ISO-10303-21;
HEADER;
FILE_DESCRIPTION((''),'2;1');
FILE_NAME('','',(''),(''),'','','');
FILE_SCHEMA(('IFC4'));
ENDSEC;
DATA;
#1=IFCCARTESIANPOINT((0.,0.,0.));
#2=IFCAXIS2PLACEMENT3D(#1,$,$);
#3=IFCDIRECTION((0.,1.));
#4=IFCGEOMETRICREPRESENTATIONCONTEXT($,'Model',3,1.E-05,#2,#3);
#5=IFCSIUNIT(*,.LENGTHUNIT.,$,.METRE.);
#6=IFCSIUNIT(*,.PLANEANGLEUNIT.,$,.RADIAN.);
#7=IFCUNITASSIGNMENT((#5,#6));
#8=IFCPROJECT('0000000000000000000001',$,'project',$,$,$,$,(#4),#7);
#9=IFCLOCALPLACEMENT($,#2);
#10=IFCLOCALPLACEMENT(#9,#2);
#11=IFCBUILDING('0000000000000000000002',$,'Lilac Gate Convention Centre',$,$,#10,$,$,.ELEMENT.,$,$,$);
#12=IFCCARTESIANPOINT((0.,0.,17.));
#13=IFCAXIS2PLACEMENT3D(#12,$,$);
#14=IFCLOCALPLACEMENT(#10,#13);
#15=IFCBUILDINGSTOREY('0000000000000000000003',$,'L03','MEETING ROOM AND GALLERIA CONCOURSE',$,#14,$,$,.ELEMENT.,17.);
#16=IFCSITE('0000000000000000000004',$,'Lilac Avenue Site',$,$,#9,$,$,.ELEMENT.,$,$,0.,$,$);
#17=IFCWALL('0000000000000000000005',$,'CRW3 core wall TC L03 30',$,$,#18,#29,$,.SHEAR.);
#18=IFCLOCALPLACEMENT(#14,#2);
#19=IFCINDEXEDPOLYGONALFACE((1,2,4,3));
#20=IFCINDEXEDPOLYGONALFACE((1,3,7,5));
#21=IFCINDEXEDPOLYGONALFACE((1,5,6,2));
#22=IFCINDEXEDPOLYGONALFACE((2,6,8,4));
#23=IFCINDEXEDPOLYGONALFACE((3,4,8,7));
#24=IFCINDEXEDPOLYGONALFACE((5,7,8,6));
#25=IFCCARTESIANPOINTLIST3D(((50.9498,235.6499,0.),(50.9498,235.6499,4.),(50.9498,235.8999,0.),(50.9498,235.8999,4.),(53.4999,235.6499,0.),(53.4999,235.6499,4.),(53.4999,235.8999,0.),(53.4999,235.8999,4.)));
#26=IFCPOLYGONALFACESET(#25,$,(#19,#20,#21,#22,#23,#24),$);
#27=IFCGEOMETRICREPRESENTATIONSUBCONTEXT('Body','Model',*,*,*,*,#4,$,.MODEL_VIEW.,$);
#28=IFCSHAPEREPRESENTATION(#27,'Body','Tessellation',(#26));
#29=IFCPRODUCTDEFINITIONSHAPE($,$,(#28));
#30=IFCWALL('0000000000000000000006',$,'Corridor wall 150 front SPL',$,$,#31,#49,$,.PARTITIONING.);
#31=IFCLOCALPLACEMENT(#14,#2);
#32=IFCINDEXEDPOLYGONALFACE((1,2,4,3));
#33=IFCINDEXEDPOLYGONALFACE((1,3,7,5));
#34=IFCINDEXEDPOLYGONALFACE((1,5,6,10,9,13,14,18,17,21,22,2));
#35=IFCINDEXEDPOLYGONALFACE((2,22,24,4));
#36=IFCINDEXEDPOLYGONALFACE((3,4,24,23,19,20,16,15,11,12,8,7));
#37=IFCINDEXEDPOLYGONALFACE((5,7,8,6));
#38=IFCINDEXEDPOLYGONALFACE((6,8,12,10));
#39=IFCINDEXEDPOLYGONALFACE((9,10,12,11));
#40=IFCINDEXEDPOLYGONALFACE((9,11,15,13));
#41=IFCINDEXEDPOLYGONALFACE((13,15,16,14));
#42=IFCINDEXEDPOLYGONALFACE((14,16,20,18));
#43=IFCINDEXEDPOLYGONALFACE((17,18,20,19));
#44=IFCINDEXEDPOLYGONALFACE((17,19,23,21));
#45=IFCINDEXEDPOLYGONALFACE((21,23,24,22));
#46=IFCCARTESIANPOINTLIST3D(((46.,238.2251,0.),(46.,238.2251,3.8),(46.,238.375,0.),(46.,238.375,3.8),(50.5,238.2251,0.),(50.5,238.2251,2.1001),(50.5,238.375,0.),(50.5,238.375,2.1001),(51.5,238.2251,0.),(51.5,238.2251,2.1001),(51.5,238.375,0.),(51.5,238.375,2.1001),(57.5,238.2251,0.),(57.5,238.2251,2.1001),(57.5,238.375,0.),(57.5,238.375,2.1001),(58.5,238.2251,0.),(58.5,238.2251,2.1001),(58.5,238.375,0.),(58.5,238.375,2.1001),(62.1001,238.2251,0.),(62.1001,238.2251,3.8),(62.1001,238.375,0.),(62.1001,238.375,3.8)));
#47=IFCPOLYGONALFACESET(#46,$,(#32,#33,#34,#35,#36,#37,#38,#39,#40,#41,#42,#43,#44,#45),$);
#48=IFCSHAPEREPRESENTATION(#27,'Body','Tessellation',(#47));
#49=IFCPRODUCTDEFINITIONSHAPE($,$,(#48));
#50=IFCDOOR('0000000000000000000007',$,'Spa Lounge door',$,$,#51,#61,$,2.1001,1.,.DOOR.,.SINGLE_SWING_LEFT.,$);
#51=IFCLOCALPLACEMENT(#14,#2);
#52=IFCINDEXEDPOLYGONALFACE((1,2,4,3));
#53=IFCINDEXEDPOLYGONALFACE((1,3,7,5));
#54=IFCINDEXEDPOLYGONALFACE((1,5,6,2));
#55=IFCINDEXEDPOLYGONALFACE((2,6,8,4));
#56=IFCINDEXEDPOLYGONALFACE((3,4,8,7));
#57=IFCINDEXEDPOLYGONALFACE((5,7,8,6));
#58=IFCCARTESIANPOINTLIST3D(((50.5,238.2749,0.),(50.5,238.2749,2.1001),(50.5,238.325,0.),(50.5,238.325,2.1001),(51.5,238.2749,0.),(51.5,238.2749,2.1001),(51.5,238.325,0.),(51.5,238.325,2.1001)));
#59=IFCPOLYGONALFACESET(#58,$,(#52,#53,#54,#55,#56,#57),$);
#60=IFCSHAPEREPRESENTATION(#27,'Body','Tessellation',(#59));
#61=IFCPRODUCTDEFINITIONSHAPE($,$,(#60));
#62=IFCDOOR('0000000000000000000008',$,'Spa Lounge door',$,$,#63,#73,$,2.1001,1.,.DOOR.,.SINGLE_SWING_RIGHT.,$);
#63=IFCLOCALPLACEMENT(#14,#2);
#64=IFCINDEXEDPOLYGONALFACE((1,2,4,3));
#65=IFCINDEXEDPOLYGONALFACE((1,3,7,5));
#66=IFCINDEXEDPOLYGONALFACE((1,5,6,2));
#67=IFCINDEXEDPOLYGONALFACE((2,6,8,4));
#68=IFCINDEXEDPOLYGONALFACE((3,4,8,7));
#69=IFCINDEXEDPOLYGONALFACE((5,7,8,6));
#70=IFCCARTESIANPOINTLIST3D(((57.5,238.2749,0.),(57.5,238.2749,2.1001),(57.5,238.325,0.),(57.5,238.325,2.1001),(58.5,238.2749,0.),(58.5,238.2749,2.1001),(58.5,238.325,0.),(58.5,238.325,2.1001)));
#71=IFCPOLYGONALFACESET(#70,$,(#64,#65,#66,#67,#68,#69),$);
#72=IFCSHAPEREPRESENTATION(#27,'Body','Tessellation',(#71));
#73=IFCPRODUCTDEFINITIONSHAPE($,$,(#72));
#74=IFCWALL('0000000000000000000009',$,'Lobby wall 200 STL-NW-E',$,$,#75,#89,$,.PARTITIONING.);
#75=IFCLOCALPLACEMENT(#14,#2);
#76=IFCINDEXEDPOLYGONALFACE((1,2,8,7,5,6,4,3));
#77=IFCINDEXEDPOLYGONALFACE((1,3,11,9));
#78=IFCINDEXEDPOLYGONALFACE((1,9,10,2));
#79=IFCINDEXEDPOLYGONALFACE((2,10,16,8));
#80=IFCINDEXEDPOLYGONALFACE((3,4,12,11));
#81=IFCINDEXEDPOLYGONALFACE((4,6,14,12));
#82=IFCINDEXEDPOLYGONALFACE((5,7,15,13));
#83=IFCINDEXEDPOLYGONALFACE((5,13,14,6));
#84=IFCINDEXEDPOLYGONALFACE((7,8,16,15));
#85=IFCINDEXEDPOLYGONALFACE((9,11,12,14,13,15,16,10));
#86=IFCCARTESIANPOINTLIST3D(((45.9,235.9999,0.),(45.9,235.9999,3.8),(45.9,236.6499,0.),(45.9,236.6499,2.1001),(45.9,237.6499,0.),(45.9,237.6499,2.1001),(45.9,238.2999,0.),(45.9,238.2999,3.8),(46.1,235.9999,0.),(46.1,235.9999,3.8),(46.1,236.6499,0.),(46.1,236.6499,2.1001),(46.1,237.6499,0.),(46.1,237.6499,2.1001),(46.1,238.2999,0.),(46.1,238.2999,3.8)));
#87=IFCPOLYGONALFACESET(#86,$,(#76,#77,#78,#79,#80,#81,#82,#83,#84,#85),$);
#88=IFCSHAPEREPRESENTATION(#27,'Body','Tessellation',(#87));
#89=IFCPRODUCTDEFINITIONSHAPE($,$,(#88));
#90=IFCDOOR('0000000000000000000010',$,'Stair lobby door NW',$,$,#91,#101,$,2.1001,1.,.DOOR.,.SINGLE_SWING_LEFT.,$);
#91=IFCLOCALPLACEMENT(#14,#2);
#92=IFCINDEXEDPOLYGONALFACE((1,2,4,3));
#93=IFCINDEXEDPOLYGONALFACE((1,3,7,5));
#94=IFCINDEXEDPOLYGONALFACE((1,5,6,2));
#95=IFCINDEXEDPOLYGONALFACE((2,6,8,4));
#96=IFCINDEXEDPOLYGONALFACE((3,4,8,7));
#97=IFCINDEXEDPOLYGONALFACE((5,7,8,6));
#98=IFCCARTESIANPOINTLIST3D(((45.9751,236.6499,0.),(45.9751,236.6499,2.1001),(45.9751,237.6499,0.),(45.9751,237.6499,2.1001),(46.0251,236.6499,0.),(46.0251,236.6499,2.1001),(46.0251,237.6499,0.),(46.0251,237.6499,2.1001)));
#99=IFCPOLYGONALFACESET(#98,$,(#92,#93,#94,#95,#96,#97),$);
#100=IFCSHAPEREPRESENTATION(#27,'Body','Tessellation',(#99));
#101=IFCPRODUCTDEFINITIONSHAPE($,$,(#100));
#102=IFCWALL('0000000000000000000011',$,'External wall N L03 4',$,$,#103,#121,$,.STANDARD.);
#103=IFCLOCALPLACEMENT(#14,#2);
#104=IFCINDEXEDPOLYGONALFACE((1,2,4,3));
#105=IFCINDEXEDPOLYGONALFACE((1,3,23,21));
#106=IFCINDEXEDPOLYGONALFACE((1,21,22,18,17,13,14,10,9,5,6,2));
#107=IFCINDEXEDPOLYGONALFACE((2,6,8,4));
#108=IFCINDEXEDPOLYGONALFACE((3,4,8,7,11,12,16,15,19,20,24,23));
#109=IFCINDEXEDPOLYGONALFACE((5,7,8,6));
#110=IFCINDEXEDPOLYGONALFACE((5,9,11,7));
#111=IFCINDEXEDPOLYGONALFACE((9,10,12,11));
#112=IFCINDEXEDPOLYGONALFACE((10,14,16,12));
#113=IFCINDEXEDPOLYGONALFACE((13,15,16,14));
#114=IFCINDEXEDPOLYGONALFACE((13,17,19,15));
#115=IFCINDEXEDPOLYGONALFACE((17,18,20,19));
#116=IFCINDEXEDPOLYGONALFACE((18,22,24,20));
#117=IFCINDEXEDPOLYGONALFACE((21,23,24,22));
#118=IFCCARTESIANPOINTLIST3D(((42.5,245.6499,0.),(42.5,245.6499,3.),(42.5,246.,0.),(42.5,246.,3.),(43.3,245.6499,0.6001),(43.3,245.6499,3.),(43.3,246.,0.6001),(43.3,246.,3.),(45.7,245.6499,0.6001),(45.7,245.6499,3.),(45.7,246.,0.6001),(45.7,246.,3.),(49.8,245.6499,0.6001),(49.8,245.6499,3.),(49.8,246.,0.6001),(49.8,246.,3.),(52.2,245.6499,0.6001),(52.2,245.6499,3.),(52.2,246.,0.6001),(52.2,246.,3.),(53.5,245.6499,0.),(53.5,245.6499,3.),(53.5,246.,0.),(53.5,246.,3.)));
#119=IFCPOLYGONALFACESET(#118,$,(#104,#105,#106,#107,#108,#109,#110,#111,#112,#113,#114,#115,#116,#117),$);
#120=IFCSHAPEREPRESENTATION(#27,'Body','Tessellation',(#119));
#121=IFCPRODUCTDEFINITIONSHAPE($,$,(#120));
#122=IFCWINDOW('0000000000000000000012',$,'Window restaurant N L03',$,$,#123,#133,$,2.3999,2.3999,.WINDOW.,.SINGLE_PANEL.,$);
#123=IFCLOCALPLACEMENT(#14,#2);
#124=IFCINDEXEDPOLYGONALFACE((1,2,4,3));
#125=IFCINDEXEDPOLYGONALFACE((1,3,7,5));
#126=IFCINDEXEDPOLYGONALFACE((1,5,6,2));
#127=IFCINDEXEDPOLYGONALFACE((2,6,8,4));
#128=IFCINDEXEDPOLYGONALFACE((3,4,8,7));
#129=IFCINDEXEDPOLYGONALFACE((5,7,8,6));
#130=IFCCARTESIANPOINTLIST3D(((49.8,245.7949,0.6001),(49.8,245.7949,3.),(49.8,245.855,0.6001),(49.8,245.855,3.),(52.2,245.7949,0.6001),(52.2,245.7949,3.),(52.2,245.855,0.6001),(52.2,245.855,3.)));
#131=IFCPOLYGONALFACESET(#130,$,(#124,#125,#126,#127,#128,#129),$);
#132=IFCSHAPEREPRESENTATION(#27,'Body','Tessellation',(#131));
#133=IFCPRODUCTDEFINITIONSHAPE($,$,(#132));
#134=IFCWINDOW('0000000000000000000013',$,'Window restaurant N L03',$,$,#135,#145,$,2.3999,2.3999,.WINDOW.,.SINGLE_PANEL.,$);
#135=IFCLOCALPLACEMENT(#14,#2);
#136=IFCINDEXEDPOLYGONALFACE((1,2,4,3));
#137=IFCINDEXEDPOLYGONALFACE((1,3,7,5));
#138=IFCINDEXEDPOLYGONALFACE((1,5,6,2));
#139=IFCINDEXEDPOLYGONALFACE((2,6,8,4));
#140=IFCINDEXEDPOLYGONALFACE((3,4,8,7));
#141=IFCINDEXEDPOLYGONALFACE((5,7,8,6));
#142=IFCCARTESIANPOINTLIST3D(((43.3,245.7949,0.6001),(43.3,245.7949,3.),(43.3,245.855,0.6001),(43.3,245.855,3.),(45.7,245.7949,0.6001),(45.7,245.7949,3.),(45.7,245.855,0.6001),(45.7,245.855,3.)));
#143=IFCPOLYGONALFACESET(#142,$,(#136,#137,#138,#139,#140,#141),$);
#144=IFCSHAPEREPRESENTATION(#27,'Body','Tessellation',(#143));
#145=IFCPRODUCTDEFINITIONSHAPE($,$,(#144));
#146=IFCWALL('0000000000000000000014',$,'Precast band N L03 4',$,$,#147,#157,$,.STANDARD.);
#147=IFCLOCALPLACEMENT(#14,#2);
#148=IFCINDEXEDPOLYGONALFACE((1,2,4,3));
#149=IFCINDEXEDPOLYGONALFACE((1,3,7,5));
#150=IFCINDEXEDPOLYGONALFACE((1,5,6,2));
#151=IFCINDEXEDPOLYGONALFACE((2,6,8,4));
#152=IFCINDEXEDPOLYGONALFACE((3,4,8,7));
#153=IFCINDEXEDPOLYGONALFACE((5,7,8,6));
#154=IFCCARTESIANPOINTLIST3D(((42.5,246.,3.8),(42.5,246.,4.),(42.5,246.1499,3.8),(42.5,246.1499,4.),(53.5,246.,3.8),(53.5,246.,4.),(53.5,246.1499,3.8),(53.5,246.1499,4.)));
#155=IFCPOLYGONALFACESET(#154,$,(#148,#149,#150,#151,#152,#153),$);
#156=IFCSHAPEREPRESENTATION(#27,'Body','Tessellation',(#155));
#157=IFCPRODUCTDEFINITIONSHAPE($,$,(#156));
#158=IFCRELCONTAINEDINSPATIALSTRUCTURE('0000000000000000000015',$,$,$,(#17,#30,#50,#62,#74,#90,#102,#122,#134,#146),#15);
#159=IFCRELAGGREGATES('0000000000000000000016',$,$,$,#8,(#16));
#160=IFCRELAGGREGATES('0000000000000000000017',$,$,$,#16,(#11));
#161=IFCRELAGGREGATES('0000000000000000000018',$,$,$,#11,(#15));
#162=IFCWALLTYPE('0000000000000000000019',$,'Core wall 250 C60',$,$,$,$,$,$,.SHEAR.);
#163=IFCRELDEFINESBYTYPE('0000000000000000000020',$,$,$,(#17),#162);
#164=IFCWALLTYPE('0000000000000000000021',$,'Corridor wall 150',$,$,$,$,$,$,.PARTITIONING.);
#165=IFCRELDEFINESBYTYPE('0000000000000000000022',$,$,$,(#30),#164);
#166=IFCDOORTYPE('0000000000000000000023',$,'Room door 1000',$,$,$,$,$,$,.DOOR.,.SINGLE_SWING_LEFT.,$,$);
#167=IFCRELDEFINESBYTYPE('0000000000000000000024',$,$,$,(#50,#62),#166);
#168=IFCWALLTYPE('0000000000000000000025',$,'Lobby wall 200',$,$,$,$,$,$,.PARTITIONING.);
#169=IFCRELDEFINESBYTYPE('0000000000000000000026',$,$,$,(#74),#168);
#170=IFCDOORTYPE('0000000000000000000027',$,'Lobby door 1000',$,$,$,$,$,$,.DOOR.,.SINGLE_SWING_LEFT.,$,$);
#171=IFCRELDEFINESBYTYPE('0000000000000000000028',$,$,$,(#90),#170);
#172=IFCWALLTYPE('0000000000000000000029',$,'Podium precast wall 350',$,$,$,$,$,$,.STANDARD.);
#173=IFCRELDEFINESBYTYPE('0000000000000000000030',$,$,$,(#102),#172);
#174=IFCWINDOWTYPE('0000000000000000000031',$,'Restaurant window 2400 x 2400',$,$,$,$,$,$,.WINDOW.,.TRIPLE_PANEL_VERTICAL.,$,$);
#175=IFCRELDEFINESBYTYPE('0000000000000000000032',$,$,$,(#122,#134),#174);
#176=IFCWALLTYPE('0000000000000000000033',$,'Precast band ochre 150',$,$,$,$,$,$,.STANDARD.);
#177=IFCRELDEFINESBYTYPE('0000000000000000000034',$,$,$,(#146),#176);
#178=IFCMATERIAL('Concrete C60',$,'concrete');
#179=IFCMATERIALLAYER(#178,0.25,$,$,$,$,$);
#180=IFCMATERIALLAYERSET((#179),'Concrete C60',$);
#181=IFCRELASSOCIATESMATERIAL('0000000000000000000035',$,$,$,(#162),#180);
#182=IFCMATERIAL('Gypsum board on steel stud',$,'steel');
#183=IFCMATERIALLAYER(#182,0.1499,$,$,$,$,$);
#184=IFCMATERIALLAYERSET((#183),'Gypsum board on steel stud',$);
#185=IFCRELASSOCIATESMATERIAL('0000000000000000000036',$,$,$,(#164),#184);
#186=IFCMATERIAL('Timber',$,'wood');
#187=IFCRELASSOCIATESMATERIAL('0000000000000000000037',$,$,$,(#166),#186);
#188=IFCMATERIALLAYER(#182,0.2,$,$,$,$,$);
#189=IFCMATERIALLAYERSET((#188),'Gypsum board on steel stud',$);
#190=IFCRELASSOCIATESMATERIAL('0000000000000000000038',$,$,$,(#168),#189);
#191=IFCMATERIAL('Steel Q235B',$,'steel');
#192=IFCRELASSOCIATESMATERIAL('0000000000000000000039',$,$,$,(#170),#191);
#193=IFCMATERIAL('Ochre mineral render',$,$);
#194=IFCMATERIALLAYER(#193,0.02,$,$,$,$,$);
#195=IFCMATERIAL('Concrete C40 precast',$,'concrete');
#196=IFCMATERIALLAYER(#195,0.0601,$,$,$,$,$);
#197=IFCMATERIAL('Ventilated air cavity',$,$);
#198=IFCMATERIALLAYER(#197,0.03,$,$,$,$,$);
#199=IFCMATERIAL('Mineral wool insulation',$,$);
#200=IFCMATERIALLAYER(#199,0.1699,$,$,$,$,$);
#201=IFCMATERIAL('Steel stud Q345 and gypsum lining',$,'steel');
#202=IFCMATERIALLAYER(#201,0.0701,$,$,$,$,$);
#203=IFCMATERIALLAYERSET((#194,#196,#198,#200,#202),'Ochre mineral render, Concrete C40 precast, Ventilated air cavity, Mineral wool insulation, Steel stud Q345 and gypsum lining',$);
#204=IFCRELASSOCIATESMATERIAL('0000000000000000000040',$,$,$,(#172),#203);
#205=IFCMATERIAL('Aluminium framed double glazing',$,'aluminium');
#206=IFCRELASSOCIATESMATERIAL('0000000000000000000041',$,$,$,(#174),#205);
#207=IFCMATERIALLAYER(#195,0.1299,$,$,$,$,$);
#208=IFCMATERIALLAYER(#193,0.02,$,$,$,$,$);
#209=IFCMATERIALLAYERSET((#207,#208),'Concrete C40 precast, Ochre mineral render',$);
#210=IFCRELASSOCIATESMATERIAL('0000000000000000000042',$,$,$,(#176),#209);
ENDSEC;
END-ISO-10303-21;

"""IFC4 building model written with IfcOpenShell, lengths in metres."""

from ifc_helpers import new_model, si_unit, direction, frame, frame_2d, origin, place, context, subcontext, project, spatial, rectangle, extrude, material, layer, layer_set, type_object, element, fill, save


model = new_model("IFC4")

# Units and contexts
model_context = context("Model", 3, precision=1e-05, world=origin(), true_north=direction((0.0, 1.0)))
body_context = subcontext(model_context, "Body", "Model", "MODEL_VIEW")
ifc_project = project(units=[si_unit("LENGTHUNIT", "METRE"), si_unit("PLANEANGLEUNIT", "RADIAN")], contexts=[model_context])

# Site, building, storey
site_placement = place(None, origin())
site = spatial("IfcSite", under=ifc_project, at=site_placement, Name="Lilac Avenue Site", CompositionType="ELEMENT", RefElevation=0.0)
building_placement = place(site_placement, origin())
building = spatial("IfcBuilding", under=site, at=building_placement, Name="Lilac Gate Convention Centre", CompositionType="ELEMENT")
storey_placement = place(building_placement, frame((0.0, 0.0, 17.0)))
storey = spatial("IfcBuildingStorey", under=building, at=storey_placement, Name="L03", Description="MEETING ROOM AND GALLERIA CONCOURSE", CompositionType="ELEMENT", Elevation=17.0)

# Shared definitions
ifc_material_1 = material(Name="Aluminium framed double glazing", Category="aluminium")

# Wall
ifc_material_2 = material(Name="Concrete C60", Category="concrete")
ifc_layer_1 = layer(ifc_material_2, 0.25)
ifc_layer_set_1 = layer_set([ifc_layer_1], Name="Concrete C60")
wall_type_1 = type_object("IfcWallType", Name="Core wall 250 C60", PredefinedType="SHEAR", material=ifc_layer_set_1)
wall_1_placement = place(storey_placement, frame((50.95, 235.7749, 0.0), z_axis=(0.0, 0.0, 1.0), x_axis=(1.0, 0.0, 0.0)))
element("IfcWall", 1, at=wall_1_placement, inside=storey, type_object=wall_type_1, Name="CRW3 core wall TC L03 30", PredefinedType="SHEAR", context=body_context, shape_type="SweptSolid", body=[
    extrude(rectangle(XDim=2.55, YDim=0.25, at=frame_2d((1.2749, 0.0))), origin(), (0.0, 0.0, 1.0), 4.0),
])

# Wall, openings, doors
ifc_material_3 = material(Name="Gypsum board on steel stud", Category="steel")
ifc_layer_2 = layer(ifc_material_3, 0.1499)
ifc_layer_set_2 = layer_set([ifc_layer_2], Name="Gypsum board on steel stud")
wall_type_2 = type_object("IfcWallType", Name="Corridor wall 150", PredefinedType="PARTITIONING", material=ifc_layer_set_2)
wall_2_placement = place(storey_placement, frame((46.0, 238.3, 0.0), z_axis=(0.0, 0.0, 1.0), x_axis=(1.0, 0.0, 0.0)))
wall_2 = element("IfcWall", 2, at=wall_2_placement, inside=storey, type_object=wall_type_2, Name="Corridor wall 150 front SPL", PredefinedType="PARTITIONING", context=body_context, shape_type="SweptSolid", body=[
    extrude(rectangle(XDim=16.1001, YDim=0.1499, at=frame_2d((8.05, 0.0))), origin(), (0.0, 0.0, 1.0), 3.8),
])
opening_1_placement = place(wall_2_placement, frame((4.5, 0.0, 0.0)))
opening_1 = element("IfcOpeningElement", 3, at=opening_1_placement, cuts=wall_2, PredefinedType="OPENING", context=body_context, shape_type="SweptSolid", body=[
    extrude(rectangle(XDim=1.0, YDim=2.1001, at=frame_2d((0.5, 1.05))), frame((0.0, 0.085, 0.0), z_axis=(0.0, -1.0, 0.0), x_axis=(1.0, 0.0, 0.0)), (0.0, 0.0, 1.0), 0.1699),
])
opening_2_placement = place(wall_2_placement, frame((11.5, 0.0, 0.0)))
opening_2 = element("IfcOpeningElement", 4, at=opening_2_placement, cuts=wall_2, PredefinedType="OPENING", context=body_context, shape_type="SweptSolid", body=[
    extrude(rectangle(XDim=1.0, YDim=2.1001, at=frame_2d((0.5, 1.05))), frame((0.0, 0.085, 0.0), z_axis=(0.0, -1.0, 0.0), x_axis=(1.0, 0.0, 0.0)), (0.0, 0.0, 1.0), 0.1699),
])
ifc_material_4 = material(Name="Timber", Category="wood")
door_type_1 = type_object("IfcDoorType", Name="Room door 1000", OperationType="SINGLE_SWING_LEFT", PredefinedType="DOOR", material=ifc_material_4)
door_1_placement = place(opening_1_placement, origin())
door_1 = element("IfcDoor", 5, at=door_1_placement, inside=storey, type_object=door_type_1, Name="Spa Lounge door", OperationType="SINGLE_SWING_LEFT", OverallHeight=2.1001, OverallWidth=1.0, PredefinedType="DOOR", context=body_context, shape_type="SweptSolid", body=[
    extrude(rectangle(XDim=1.0, YDim=2.1001, at=frame_2d((0.5, 1.05))), frame((0.0, 0.0249, 0.0), z_axis=(0.0, -1.0, 0.0), x_axis=(1.0, 0.0, 0.0)), (0.0, 0.0, 1.0), 0.05),
])
fill(opening_1, door_1)
door_2_placement = place(opening_2_placement, origin())
door_2 = element("IfcDoor", 6, at=door_2_placement, inside=storey, type_object=door_type_1, Name="Spa Lounge door", OperationType="SINGLE_SWING_RIGHT", OverallHeight=2.1001, OverallWidth=1.0, PredefinedType="DOOR", context=body_context, shape_type="SweptSolid", body=[
    extrude(rectangle(XDim=1.0, YDim=2.1001, at=frame_2d((0.5, 1.05))), frame((0.0, 0.0249, 0.0), z_axis=(0.0, -1.0, 0.0), x_axis=(1.0, 0.0, 0.0)), (0.0, 0.0, 1.0), 0.05),
])
fill(opening_2, door_2)

# Wall, opening, door
ifc_layer_3 = layer(ifc_material_3, 0.2)
ifc_layer_set_3 = layer_set([ifc_layer_3], Name="Gypsum board on steel stud")
wall_type_3 = type_object("IfcWallType", Name="Lobby wall 200", PredefinedType="PARTITIONING", material=ifc_layer_set_3)
wall_3_placement = place(storey_placement, frame((46.0, 236.0, 0.0), z_axis=(0.0, 0.0, 1.0), x_axis=(0.0, 1.0, 0.0)))
wall_3 = element("IfcWall", 7, at=wall_3_placement, inside=storey, type_object=wall_type_3, Name="Lobby wall 200 STL-NW-E", PredefinedType="PARTITIONING", context=body_context, shape_type="SweptSolid", body=[
    extrude(rectangle(XDim=2.3, YDim=0.2, at=frame_2d((1.1499, 0.0))), origin(), (0.0, 0.0, 1.0), 3.8),
])
opening_3_placement = place(wall_3_placement, frame((0.6499, 0.0, 0.0)))
opening_3 = element("IfcOpeningElement", 8, at=opening_3_placement, cuts=wall_3, PredefinedType="OPENING", context=body_context, shape_type="SweptSolid", body=[
    extrude(rectangle(XDim=1.0, YDim=2.1001, at=frame_2d((0.5, 1.05))), frame((0.0, 0.1099, 0.0), z_axis=(0.0, -1.0, 0.0), x_axis=(1.0, 0.0, 0.0)), (0.0, 0.0, 1.0), 0.22),
])
ifc_material_5 = material(Name="Steel Q235B", Category="steel")
door_type_2 = type_object("IfcDoorType", Name="Lobby door 1000", OperationType="SINGLE_SWING_LEFT", PredefinedType="DOOR", material=ifc_material_5)
door_3_placement = place(opening_3_placement, origin())
door_3 = element("IfcDoor", 9, at=door_3_placement, inside=storey, type_object=door_type_2, Name="Stair lobby door NW", OperationType="SINGLE_SWING_LEFT", OverallHeight=2.1001, OverallWidth=1.0, PredefinedType="DOOR", context=body_context, shape_type="SweptSolid", body=[
    extrude(rectangle(XDim=1.0, YDim=2.1001, at=frame_2d((0.5, 1.05))), frame((0.0, 0.0249, 0.0), z_axis=(0.0, -1.0, 0.0), x_axis=(1.0, 0.0, 0.0)), (0.0, 0.0, 1.0), 0.05),
])
fill(opening_3, door_3)

# Wall, openings, windows
ifc_material_6 = material(Name="Ochre mineral render")
ifc_layer_4 = layer(ifc_material_6, 0.02)
ifc_material_7 = material(Name="Concrete C40 precast", Category="concrete")
ifc_layer_5 = layer(ifc_material_7, 0.0601)
ifc_material_8 = material(Name="Ventilated air cavity")
ifc_layer_6 = layer(ifc_material_8, 0.03)
ifc_material_9 = material(Name="Mineral wool insulation")
ifc_layer_7 = layer(ifc_material_9, 0.1699)
ifc_material_10 = material(Name="Steel stud Q345 and gypsum lining", Category="steel")
ifc_layer_8 = layer(ifc_material_10, 0.0701)
ifc_layer_set_4 = layer_set([ifc_layer_4, ifc_layer_5, ifc_layer_6, ifc_layer_7, ifc_layer_8], Name="Ochre mineral render, Concrete C40 precast, Ventilated air cavity, Mineral wool insulation, Steel stud Q345 and gypsum lining")
wall_type_4 = type_object("IfcWallType", Name="Podium precast wall 350", PredefinedType="STANDARD", material=ifc_layer_set_4)
wall_4_placement = place(storey_placement, frame((53.5, 245.825, 0.0), z_axis=(0.0, 0.0, 1.0), x_axis=(-1.0, 0.0, 0.0)))
wall_4 = element("IfcWall", 10, at=wall_4_placement, inside=storey, type_object=wall_type_4, Name="External wall N L03 4", PredefinedType="STANDARD", context=body_context, shape_type="SweptSolid", body=[
    extrude(rectangle(XDim=11.0, YDim=0.3501, at=frame_2d((5.5, 0.0))), origin(), (0.0, 0.0, 1.0), 3.0),
])
opening_4_placement = place(wall_4_placement, frame((1.3, 0.0, 0.6001)))
opening_4 = element("IfcOpeningElement", 11, at=opening_4_placement, cuts=wall_4, PredefinedType="OPENING", context=body_context, shape_type="SweptSolid", body=[
    extrude(rectangle(XDim=2.3999, YDim=2.3999, at=frame_2d((1.2, 1.2))), frame((0.0, 0.1851, 0.0), z_axis=(0.0, -1.0, 0.0), x_axis=(1.0, 0.0, 0.0)), (0.0, 0.0, 1.0), 0.3701),
])
opening_5_placement = place(wall_4_placement, frame((7.8, 0.0, 0.6001)))
opening_5 = element("IfcOpeningElement", 12, at=opening_5_placement, cuts=wall_4, PredefinedType="OPENING", context=body_context, shape_type="SweptSolid", body=[
    extrude(rectangle(XDim=2.3999, YDim=2.3999, at=frame_2d((1.2, 1.2))), frame((0.0, 0.1851, 0.0), z_axis=(0.0, -1.0, 0.0), x_axis=(1.0, 0.0, 0.0)), (0.0, 0.0, 1.0), 0.3701),
])
window_type = type_object("IfcWindowType", Name="Restaurant window 2400 x 2400", PartitioningType="TRIPLE_PANEL_VERTICAL", PredefinedType="WINDOW", material=ifc_material_1)
window_1_placement = place(opening_4_placement, origin())
window_1 = element("IfcWindow", 13, at=window_1_placement, inside=storey, type_object=window_type, Name="Window restaurant N L03", OverallHeight=2.3999, OverallWidth=2.3999, PartitioningType="SINGLE_PANEL", PredefinedType="WINDOW", context=body_context, shape_type="SweptSolid", body=[
    extrude(rectangle(XDim=2.3999, YDim=2.3999, at=frame_2d((1.2, 1.2))), frame((0.0, 0.03, 0.0), z_axis=(0.0, -1.0, 0.0), x_axis=(1.0, 0.0, 0.0)), (0.0, 0.0, 1.0), 0.0601),
])
fill(opening_4, window_1)
window_2_placement = place(opening_5_placement, origin())
window_2 = element("IfcWindow", 14, at=window_2_placement, inside=storey, type_object=window_type, Name="Window restaurant N L03", OverallHeight=2.3999, OverallWidth=2.3999, PartitioningType="SINGLE_PANEL", PredefinedType="WINDOW", context=body_context, shape_type="SweptSolid", body=[
    extrude(rectangle(XDim=2.3999, YDim=2.3999, at=frame_2d((1.2, 1.2))), frame((0.0, 0.03, 0.0), z_axis=(0.0, -1.0, 0.0), x_axis=(1.0, 0.0, 0.0)), (0.0, 0.0, 1.0), 0.0601),
])
fill(opening_5, window_2)

# Wall
ifc_layer_9 = layer(ifc_material_7, 0.1299)
ifc_layer_10 = layer(ifc_material_6, 0.02)
ifc_layer_set_5 = layer_set([ifc_layer_9, ifc_layer_10], Name="Concrete C40 precast, Ochre mineral render")
wall_type_5 = type_object("IfcWallType", Name="Precast band ochre 150", PredefinedType="STANDARD", material=ifc_layer_set_5)
wall_5_placement = place(storey_placement, frame((53.5, 246.075, 3.8), z_axis=(0.0, 0.0, 1.0), x_axis=(-1.0, 0.0, 0.0)))
element("IfcWall", 15, at=wall_5_placement, inside=storey, type_object=wall_type_5, Name="Precast band N L03 4", PredefinedType="STANDARD", context=body_context, shape_type="SweptSolid", body=[
    extrude(rectangle(XDim=11.0, YDim=0.1499, at=frame_2d((5.5, 0.0))), origin(), (0.0, 0.0, 1.0), 0.2),
])

save(model, "model.ifc")
